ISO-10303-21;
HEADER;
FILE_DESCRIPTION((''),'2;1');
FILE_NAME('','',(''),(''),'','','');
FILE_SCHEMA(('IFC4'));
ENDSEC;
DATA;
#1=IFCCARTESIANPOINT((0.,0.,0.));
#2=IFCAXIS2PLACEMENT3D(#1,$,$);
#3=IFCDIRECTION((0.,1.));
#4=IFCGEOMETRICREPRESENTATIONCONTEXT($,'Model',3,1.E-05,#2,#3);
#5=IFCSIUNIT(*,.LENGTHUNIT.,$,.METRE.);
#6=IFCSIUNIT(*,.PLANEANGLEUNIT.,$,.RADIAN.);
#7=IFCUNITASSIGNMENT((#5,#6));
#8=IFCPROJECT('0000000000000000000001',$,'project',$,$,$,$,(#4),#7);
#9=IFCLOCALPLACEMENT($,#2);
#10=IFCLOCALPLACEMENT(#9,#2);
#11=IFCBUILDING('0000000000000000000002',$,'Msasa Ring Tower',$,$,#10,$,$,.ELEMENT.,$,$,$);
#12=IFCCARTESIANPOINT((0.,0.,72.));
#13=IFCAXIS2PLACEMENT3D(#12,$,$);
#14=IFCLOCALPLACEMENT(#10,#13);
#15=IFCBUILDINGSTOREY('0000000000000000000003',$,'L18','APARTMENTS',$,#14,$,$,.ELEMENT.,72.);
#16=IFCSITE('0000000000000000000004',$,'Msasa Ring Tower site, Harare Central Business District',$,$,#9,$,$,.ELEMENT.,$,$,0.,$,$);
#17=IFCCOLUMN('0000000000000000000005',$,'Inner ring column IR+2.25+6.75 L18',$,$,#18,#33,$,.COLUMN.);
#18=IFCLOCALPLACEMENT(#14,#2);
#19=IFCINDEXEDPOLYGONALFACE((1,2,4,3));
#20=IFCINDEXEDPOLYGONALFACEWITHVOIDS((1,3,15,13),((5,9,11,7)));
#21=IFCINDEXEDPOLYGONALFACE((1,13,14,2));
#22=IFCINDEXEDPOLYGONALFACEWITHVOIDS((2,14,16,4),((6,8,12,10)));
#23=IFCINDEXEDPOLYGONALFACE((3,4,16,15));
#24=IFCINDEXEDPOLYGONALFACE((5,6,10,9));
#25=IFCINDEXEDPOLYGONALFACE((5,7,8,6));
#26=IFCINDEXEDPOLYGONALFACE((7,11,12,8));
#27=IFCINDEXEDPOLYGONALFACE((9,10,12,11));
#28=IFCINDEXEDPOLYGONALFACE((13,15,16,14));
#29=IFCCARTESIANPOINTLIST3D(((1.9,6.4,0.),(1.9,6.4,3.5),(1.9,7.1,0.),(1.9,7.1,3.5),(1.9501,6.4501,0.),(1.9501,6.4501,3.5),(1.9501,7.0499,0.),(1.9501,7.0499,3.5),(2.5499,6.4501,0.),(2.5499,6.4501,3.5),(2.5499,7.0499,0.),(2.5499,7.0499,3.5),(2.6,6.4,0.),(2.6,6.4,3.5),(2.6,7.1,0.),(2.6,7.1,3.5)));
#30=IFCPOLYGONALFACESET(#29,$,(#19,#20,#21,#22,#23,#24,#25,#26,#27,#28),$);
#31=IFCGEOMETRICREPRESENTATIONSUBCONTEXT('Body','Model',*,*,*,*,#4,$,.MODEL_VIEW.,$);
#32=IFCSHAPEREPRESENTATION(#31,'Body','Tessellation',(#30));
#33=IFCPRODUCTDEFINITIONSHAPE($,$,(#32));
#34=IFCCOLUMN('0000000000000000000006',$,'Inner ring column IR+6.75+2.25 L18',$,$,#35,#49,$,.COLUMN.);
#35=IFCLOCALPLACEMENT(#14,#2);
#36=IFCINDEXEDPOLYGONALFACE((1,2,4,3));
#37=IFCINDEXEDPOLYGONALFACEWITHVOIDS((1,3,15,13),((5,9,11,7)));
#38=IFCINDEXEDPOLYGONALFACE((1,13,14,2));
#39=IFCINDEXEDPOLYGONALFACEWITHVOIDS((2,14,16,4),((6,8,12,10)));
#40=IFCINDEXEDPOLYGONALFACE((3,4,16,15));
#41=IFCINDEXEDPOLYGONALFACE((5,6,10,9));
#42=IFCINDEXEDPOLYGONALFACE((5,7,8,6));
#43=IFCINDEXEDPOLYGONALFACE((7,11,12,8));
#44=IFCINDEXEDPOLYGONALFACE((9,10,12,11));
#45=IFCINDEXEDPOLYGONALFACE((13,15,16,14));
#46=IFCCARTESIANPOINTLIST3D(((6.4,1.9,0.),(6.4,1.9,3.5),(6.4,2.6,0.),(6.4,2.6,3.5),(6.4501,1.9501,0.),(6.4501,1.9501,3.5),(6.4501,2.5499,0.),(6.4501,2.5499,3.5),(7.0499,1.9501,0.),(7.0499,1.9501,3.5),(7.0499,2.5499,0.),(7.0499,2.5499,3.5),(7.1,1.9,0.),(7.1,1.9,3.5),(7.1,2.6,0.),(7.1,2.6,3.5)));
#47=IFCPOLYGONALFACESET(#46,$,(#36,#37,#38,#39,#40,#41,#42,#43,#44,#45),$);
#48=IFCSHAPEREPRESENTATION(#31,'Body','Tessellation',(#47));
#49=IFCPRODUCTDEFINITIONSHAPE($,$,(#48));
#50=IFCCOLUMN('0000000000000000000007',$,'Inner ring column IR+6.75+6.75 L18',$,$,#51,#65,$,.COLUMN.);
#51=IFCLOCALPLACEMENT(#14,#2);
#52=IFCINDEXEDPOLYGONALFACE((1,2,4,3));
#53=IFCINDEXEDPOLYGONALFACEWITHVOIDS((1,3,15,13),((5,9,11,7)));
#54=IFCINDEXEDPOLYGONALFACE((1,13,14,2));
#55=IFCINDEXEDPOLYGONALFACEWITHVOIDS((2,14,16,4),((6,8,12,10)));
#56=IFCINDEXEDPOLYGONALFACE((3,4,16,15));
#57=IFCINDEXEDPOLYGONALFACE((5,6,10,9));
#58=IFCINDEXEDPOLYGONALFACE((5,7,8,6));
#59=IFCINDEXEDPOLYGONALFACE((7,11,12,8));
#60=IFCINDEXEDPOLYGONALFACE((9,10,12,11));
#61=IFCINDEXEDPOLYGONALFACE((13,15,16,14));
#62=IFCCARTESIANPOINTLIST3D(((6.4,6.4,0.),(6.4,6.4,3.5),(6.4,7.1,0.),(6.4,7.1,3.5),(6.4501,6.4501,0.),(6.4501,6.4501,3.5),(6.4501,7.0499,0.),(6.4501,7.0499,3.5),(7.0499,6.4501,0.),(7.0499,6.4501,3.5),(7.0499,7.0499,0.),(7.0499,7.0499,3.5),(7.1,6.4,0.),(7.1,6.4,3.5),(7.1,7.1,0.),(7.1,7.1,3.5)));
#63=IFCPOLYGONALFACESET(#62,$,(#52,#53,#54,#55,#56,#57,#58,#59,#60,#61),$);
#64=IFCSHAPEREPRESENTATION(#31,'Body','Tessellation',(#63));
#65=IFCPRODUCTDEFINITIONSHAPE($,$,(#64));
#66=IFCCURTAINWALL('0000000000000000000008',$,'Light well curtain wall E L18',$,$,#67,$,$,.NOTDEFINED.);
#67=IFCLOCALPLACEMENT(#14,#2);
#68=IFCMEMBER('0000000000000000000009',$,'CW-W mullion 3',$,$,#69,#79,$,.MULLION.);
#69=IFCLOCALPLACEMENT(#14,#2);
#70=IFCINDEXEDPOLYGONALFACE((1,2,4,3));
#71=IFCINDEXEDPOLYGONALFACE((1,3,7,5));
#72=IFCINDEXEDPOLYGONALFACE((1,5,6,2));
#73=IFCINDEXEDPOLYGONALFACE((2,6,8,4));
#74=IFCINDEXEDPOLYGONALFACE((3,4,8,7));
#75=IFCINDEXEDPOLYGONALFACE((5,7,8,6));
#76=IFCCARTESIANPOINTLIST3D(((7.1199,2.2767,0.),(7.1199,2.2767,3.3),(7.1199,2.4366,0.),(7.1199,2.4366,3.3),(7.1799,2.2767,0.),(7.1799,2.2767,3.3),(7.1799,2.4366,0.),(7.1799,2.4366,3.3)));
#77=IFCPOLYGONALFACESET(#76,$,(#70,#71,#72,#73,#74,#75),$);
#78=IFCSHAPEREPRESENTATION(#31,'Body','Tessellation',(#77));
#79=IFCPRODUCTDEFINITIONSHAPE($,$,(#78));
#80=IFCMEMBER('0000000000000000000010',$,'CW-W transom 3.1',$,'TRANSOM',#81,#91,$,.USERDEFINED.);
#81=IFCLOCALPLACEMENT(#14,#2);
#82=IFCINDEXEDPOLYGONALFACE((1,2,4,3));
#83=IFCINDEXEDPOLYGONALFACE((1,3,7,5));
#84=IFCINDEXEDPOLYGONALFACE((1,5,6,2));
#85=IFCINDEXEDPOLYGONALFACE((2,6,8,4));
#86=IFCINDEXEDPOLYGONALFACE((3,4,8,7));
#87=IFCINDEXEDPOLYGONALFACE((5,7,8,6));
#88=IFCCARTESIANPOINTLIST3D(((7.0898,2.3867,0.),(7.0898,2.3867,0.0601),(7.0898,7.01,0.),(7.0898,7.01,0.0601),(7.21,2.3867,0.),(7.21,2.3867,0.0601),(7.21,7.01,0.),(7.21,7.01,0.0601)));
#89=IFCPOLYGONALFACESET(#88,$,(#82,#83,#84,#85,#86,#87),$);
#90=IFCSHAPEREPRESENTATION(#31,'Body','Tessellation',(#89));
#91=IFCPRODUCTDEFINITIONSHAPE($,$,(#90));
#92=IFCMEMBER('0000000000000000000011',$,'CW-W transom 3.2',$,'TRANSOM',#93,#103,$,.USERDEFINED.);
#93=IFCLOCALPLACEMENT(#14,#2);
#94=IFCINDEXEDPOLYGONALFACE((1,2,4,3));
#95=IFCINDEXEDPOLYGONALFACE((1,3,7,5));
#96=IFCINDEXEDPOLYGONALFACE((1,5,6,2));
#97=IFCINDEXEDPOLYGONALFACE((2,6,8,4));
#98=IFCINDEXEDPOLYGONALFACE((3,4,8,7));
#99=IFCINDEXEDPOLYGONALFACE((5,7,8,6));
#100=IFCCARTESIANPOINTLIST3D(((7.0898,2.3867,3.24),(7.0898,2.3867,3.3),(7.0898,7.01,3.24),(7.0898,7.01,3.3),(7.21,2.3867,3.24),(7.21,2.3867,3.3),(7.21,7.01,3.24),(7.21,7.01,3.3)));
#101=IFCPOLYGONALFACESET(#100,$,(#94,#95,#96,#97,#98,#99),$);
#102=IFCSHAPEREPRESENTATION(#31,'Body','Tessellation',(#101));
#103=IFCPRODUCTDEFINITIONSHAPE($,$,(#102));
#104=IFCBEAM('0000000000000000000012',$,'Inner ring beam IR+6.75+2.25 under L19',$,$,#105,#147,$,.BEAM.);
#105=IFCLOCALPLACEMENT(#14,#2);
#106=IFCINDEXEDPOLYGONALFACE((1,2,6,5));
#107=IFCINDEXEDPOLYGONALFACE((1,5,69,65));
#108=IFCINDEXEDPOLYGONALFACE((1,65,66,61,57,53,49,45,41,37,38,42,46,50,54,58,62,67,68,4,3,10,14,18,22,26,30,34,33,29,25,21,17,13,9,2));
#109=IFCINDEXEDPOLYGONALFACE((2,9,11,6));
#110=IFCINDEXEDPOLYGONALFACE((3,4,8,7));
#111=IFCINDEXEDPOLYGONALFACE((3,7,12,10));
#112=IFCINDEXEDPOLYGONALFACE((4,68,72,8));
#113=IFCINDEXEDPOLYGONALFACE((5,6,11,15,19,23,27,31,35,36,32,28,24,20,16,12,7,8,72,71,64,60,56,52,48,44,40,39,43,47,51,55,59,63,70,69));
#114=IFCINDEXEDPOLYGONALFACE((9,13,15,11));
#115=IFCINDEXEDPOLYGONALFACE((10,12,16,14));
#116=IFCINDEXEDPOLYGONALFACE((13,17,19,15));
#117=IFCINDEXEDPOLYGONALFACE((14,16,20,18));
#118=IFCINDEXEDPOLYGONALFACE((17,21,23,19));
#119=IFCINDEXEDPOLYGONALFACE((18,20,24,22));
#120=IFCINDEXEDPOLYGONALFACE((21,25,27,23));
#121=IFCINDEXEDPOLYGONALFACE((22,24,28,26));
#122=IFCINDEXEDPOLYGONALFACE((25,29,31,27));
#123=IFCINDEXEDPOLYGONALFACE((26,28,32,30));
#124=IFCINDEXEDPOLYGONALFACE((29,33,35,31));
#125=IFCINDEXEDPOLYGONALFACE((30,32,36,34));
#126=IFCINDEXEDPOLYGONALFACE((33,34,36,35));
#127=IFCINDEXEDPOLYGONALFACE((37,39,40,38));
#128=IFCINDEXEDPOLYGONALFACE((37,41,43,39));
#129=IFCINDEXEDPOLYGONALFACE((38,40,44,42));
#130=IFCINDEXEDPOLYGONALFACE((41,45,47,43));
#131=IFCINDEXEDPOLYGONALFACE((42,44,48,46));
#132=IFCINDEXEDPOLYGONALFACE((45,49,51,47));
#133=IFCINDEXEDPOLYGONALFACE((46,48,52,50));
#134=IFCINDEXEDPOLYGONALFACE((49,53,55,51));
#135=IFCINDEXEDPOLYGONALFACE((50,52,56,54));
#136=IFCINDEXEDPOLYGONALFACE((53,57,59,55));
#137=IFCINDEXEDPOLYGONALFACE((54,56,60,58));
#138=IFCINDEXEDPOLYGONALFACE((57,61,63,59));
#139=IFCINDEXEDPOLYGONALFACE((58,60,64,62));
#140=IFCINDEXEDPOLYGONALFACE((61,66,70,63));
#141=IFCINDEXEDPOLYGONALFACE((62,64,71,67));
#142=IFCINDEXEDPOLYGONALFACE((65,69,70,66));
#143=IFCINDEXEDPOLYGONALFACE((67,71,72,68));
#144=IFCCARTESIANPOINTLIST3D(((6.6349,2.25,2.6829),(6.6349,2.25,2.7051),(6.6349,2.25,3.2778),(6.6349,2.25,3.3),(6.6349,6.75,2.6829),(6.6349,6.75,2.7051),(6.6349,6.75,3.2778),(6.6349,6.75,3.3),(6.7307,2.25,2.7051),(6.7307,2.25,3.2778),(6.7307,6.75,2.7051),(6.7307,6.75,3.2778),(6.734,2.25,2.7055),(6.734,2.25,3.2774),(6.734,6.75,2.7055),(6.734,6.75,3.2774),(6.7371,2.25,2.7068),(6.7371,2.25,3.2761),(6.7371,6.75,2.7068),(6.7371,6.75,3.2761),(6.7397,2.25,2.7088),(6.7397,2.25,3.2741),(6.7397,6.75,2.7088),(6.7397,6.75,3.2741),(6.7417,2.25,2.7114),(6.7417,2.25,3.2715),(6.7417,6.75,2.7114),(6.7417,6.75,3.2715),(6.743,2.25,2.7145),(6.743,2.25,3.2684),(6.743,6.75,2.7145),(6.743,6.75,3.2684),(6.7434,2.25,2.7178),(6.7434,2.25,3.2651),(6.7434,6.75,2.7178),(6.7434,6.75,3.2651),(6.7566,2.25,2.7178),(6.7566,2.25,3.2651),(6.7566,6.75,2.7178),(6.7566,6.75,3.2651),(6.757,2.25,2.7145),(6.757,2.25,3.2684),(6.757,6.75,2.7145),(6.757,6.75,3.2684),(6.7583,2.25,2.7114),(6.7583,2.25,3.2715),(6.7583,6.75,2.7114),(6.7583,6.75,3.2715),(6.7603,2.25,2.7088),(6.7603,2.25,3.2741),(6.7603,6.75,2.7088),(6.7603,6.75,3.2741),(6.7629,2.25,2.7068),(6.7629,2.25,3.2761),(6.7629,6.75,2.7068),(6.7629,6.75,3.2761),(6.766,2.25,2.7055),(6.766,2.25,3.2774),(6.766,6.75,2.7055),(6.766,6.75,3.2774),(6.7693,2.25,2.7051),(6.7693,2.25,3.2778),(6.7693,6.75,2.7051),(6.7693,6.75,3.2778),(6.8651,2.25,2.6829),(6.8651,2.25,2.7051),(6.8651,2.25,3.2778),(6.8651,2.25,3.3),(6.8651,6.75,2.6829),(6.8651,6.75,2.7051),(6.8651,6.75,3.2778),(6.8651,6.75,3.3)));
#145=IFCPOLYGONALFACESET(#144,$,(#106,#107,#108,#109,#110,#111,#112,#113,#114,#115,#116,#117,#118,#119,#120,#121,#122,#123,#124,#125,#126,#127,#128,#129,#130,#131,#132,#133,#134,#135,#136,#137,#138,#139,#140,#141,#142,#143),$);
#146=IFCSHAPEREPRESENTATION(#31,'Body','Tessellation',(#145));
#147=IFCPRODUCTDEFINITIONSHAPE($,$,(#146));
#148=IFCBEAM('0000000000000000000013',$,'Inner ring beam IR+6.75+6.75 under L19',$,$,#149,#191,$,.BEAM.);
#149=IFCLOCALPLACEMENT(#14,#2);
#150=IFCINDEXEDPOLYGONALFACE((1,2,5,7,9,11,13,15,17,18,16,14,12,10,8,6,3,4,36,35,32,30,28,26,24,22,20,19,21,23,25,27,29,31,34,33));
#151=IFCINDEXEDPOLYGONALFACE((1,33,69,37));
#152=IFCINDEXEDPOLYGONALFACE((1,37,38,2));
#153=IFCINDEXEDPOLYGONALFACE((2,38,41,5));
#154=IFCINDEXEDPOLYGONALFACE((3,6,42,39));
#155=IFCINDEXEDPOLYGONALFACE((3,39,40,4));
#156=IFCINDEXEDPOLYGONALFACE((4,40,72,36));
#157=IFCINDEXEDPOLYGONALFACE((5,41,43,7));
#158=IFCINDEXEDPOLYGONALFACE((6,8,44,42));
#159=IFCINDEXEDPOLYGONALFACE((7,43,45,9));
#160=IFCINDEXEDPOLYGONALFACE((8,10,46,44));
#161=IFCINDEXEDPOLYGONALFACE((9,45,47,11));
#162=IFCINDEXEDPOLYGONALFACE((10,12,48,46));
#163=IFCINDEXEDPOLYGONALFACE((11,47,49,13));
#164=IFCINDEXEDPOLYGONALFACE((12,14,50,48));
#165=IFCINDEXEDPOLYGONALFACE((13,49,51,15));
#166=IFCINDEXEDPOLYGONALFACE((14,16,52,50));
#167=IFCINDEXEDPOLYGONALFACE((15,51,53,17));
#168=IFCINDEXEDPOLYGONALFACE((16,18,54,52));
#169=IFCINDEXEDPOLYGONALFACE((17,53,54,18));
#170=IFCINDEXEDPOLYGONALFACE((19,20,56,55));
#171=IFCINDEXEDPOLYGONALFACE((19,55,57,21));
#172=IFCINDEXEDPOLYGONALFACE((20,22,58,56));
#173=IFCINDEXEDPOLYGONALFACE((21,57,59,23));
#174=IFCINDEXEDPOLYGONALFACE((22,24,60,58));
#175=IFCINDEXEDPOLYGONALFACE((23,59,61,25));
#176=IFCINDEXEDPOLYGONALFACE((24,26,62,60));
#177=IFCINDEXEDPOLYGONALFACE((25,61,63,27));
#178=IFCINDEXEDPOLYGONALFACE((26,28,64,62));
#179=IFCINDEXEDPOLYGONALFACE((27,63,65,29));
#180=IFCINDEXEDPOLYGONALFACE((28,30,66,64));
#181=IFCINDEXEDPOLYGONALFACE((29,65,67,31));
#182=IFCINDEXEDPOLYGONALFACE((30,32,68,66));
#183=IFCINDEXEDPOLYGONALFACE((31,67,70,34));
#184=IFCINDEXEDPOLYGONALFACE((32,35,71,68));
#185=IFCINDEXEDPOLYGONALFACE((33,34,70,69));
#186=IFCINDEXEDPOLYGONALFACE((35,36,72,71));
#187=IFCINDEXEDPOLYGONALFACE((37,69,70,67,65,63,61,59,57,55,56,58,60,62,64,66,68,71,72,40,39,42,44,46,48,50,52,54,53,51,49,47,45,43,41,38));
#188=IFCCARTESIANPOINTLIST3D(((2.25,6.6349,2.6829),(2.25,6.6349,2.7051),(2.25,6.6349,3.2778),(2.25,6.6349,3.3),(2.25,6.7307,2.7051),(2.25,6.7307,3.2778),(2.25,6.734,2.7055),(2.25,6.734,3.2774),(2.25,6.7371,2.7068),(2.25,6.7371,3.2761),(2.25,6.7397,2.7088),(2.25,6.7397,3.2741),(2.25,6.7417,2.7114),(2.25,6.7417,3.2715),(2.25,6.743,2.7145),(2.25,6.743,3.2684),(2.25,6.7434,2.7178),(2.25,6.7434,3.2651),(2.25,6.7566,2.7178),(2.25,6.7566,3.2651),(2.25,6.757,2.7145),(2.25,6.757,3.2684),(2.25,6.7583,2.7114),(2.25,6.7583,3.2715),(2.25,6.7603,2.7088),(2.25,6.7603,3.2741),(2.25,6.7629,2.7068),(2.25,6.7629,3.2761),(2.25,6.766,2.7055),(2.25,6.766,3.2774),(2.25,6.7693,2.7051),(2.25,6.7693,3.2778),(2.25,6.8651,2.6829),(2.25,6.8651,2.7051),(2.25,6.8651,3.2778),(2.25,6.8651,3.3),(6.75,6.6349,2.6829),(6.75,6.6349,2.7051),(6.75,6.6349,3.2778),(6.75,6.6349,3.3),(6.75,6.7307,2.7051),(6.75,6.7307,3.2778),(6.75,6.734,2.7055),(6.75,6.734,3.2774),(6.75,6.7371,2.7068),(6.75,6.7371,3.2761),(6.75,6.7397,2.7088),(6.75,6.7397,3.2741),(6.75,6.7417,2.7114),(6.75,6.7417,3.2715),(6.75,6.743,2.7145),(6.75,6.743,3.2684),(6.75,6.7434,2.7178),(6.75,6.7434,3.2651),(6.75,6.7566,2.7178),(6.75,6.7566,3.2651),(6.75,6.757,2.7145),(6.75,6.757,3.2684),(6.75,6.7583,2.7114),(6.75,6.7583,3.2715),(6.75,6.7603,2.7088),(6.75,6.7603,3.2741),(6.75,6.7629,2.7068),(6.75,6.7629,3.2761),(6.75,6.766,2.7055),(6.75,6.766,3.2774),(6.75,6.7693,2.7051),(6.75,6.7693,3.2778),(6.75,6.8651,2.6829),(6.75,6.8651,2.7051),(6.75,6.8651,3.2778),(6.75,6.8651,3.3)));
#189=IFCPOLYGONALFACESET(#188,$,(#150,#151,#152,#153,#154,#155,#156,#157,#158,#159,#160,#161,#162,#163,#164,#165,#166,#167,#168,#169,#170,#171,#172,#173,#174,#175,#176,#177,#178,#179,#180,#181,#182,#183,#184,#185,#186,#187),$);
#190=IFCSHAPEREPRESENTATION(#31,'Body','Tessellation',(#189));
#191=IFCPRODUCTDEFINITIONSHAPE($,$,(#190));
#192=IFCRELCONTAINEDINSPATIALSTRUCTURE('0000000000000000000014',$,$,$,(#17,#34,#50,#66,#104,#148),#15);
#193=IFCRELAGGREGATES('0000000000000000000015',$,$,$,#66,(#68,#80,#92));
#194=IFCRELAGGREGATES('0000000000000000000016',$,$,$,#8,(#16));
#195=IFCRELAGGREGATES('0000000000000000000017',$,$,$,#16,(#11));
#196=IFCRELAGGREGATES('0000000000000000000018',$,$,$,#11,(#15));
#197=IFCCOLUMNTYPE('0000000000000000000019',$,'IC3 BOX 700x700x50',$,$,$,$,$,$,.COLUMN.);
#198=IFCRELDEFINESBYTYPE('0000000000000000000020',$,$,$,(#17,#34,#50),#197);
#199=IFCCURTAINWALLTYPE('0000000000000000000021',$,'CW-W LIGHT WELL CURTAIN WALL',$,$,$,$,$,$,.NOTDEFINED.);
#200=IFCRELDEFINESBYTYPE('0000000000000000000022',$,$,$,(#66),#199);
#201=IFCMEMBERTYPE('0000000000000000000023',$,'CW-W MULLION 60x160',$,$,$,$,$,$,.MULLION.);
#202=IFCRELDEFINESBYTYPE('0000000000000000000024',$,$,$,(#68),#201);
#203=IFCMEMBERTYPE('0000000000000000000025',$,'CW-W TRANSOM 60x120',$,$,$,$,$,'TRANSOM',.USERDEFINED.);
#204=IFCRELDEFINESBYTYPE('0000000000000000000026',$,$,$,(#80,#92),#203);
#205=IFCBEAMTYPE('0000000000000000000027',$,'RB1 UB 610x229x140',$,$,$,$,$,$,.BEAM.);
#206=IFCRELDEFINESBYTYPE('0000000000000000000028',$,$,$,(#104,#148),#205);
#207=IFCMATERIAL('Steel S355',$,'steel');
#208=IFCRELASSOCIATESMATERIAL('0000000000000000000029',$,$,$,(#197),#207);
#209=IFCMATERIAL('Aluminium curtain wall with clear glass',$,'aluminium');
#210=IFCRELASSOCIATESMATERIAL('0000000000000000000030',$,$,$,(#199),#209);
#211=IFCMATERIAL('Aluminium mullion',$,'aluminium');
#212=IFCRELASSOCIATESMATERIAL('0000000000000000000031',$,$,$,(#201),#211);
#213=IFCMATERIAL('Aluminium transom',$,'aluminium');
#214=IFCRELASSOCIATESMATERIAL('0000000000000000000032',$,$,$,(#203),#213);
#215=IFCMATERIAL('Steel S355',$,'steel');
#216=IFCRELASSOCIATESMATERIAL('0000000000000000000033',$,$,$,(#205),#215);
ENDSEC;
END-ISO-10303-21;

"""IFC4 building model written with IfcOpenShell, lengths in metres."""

from ifc_helpers import new_model, si_unit, direction, frame, origin, origin_2d, place, context, subcontext, project, spatial, rectangle, hollow_rectangle, i_section, extrude, material, material_profile, profile_set, type_object, element, aggregate, save


model = new_model("IFC4")

# Units and contexts
model_context = context("Model", 3, precision=1e-05, world=origin(), true_north=direction((0.0, 1.0)))
body_context = subcontext(model_context, "Body", "Model", "MODEL_VIEW")
ifc_project = project(units=[si_unit("LENGTHUNIT", "METRE"), si_unit("PLANEANGLEUNIT", "RADIAN")], contexts=[model_context])

# Site, building, storey
site_placement = place(None, origin())
site = spatial("IfcSite", under=ifc_project, at=site_placement, Name="Msasa Ring Tower site, Harare Central Business District", CompositionType="ELEMENT", RefElevation=0.0)
building_placement = place(site_placement, origin())
building = spatial("IfcBuilding", under=site, at=building_placement, Name="Msasa Ring Tower", CompositionType="ELEMENT")
storey_placement = place(building_placement, frame((0.0, 0.0, 72.0)))
storey = spatial("IfcBuildingStorey", under=building, at=storey_placement, Name="L18", Description="APARTMENTS", CompositionType="ELEMENT", Elevation=72.0)

# Columns
ifc_material_1 = material(Name="Steel S355", Category="steel")
ifc_material_profile_1 = material_profile(ifc_material_1, hollow_rectangle(XDim=0.7, YDim=0.7, WallThickness=0.05, at=origin_2d()), Name="BOX 700x700x50")
ifc_profile_set_1 = profile_set([ifc_material_profile_1], Name="Steel S355")
column_type = type_object("IfcColumnType", Name="IC3 BOX 700x700x50", PredefinedType="COLUMN", material=ifc_profile_set_1)
for number, where, z_axis, x_axis, name in (
    (1, (2.25, 6.75, 0.0), (0.0, 0.0, 1.0), (1.0, 0.0, 0.0), "Inner ring column IR+2.25+6.75 L18"),
    (2, (6.75, 2.25, 0.0), (0.0, 0.0, 1.0), (1.0, 0.0, 0.0), "Inner ring column IR+6.75+2.25 L18"),
    (3, (6.75, 6.75, 0.0), (0.0, 0.0, 1.0), (1.0, 0.0, 0.0), "Inner ring column IR+6.75+6.75 L18"),
):
    element("IfcColumn", number, at=place(storey_placement, frame(where, z_axis=z_axis, x_axis=x_axis)), inside=storey, type_object=column_type, Name=name, PredefinedType="COLUMN", context=body_context, shape_type="SweptSolid", body=[
        extrude(hollow_rectangle(XDim=0.7, YDim=0.7, WallThickness=0.05, at=origin_2d()), origin(), (0.0, 0.0, 1.0), 3.5),
    ])

# Curtain wall, members
ifc_material_2 = material(Name="Aluminium curtain wall with clear glass", Category="aluminium")
curtain_wall_type = type_object("IfcCurtainWallType", Name="CW-W LIGHT WELL CURTAIN WALL", PredefinedType="NOTDEFINED", material=ifc_material_2)
curtain_wall_placement = place(storey_placement, origin())
curtain_wall = element("IfcCurtainWall", 4, at=curtain_wall_placement, inside=storey, type_object=curtain_wall_type, Name="Light well curtain wall E L18", PredefinedType="NOTDEFINED")
ifc_material_3 = material(Name="Aluminium mullion", Category="aluminium")
ifc_material_profile_2 = material_profile(ifc_material_3, rectangle(XDim=0.0601, YDim=0.1599, at=origin_2d()), Name="AL 60x160")
ifc_profile_set_2 = profile_set([ifc_material_profile_2], Name="Aluminium mullion")
member_type_1 = type_object("IfcMemberType", Name="CW-W MULLION 60x160", PredefinedType="MULLION", material=ifc_profile_set_2)
member_1_placement = place(storey_placement, frame((7.1499, 2.3567, 0.0), z_axis=(0.0, 0.0, 1.0), x_axis=(-1.0, 0.0, 0.0)))
member_1 = element("IfcMember", 5, at=member_1_placement, type_object=member_type_1, Name="CW-W mullion 3", PredefinedType="MULLION", context=body_context, shape_type="SweptSolid", body=[
    extrude(rectangle(XDim=0.0601, YDim=0.1599, at=origin_2d()), origin(), (0.0, 0.0, 1.0), 3.3),
])
ifc_material_4 = material(Name="Aluminium transom", Category="aluminium")
ifc_material_profile_3 = material_profile(ifc_material_4, rectangle(XDim=0.1201, YDim=0.0601, at=origin_2d()), Name="AL 60x120")
ifc_profile_set_3 = profile_set([ifc_material_profile_3], Name="Aluminium transom")
member_type_2 = type_object("IfcMemberType", Name="CW-W TRANSOM 60x120", ElementType="TRANSOM", PredefinedType="USERDEFINED", material=ifc_profile_set_3)
member_2_placement = place(storey_placement, frame((7.1499, 2.3867, 0.03), z_axis=(0.0, 1.0, 0.0), x_axis=(-1.0, 0.0, 0.0)))
member_2 = element("IfcMember", 6, at=member_2_placement, type_object=member_type_2, Name="CW-W transom 3.1", ObjectType="TRANSOM", PredefinedType="USERDEFINED", context=body_context, shape_type="SweptSolid", body=[
    extrude(rectangle(XDim=0.1201, YDim=0.0601, at=origin_2d()), origin(), (0.0, 0.0, 1.0), 4.6233),
])
member_3_placement = place(storey_placement, frame((7.1499, 2.3867, 3.27), z_axis=(0.0, 1.0, 0.0), x_axis=(-1.0, 0.0, 0.0)))
member_3 = element("IfcMember", 7, at=member_3_placement, type_object=member_type_2, Name="CW-W transom 3.2", ObjectType="TRANSOM", PredefinedType="USERDEFINED", context=body_context, shape_type="SweptSolid", body=[
    extrude(rectangle(XDim=0.1201, YDim=0.0601, at=origin_2d()), origin(), (0.0, 0.0, 1.0), 4.6233),
])

# Beams
ifc_material_5 = material(Name="Steel S355", Category="steel")
ifc_material_profile_4 = material_profile(ifc_material_5, i_section(OverallWidth=0.2302, OverallDepth=0.6172, WebThickness=0.0132, FlangeThickness=0.0222, FilletRadius=0.0127, at=origin_2d()), Name="UB 610x229x140")
ifc_profile_set_4 = profile_set([ifc_material_profile_4], Name="Steel S355")
beam_type = type_object("IfcBeamType", Name="RB1 UB 610x229x140", PredefinedType="BEAM", material=ifc_profile_set_4)
for number, where, z_axis, x_axis, name in (
    (8, (6.75, 2.25, 2.9915), (0.0, 1.0, 0.0), (-1.0, 0.0, 0.0), "Inner ring beam IR+6.75+2.25 under L19"),
    (9, (6.75, 6.75, 2.9915), (-1.0, 0.0, 0.0), (0.0, -1.0, 0.0), "Inner ring beam IR+6.75+6.75 under L19"),
):
    element("IfcBeam", number, at=place(storey_placement, frame(where, z_axis=z_axis, x_axis=x_axis)), inside=storey, type_object=beam_type, Name=name, PredefinedType="BEAM", context=body_context, shape_type="SweptSolid", body=[
        extrude(i_section(OverallWidth=0.2302, OverallDepth=0.6172, WebThickness=0.0132, FlangeThickness=0.0222, FilletRadius=0.0127, at=origin_2d()), origin(), (0.0, 0.0, 1.0), 4.5),
    ])

aggregate(curtain_wall, [member_1, member_2, member_3])

save(model, "model.ifc")
